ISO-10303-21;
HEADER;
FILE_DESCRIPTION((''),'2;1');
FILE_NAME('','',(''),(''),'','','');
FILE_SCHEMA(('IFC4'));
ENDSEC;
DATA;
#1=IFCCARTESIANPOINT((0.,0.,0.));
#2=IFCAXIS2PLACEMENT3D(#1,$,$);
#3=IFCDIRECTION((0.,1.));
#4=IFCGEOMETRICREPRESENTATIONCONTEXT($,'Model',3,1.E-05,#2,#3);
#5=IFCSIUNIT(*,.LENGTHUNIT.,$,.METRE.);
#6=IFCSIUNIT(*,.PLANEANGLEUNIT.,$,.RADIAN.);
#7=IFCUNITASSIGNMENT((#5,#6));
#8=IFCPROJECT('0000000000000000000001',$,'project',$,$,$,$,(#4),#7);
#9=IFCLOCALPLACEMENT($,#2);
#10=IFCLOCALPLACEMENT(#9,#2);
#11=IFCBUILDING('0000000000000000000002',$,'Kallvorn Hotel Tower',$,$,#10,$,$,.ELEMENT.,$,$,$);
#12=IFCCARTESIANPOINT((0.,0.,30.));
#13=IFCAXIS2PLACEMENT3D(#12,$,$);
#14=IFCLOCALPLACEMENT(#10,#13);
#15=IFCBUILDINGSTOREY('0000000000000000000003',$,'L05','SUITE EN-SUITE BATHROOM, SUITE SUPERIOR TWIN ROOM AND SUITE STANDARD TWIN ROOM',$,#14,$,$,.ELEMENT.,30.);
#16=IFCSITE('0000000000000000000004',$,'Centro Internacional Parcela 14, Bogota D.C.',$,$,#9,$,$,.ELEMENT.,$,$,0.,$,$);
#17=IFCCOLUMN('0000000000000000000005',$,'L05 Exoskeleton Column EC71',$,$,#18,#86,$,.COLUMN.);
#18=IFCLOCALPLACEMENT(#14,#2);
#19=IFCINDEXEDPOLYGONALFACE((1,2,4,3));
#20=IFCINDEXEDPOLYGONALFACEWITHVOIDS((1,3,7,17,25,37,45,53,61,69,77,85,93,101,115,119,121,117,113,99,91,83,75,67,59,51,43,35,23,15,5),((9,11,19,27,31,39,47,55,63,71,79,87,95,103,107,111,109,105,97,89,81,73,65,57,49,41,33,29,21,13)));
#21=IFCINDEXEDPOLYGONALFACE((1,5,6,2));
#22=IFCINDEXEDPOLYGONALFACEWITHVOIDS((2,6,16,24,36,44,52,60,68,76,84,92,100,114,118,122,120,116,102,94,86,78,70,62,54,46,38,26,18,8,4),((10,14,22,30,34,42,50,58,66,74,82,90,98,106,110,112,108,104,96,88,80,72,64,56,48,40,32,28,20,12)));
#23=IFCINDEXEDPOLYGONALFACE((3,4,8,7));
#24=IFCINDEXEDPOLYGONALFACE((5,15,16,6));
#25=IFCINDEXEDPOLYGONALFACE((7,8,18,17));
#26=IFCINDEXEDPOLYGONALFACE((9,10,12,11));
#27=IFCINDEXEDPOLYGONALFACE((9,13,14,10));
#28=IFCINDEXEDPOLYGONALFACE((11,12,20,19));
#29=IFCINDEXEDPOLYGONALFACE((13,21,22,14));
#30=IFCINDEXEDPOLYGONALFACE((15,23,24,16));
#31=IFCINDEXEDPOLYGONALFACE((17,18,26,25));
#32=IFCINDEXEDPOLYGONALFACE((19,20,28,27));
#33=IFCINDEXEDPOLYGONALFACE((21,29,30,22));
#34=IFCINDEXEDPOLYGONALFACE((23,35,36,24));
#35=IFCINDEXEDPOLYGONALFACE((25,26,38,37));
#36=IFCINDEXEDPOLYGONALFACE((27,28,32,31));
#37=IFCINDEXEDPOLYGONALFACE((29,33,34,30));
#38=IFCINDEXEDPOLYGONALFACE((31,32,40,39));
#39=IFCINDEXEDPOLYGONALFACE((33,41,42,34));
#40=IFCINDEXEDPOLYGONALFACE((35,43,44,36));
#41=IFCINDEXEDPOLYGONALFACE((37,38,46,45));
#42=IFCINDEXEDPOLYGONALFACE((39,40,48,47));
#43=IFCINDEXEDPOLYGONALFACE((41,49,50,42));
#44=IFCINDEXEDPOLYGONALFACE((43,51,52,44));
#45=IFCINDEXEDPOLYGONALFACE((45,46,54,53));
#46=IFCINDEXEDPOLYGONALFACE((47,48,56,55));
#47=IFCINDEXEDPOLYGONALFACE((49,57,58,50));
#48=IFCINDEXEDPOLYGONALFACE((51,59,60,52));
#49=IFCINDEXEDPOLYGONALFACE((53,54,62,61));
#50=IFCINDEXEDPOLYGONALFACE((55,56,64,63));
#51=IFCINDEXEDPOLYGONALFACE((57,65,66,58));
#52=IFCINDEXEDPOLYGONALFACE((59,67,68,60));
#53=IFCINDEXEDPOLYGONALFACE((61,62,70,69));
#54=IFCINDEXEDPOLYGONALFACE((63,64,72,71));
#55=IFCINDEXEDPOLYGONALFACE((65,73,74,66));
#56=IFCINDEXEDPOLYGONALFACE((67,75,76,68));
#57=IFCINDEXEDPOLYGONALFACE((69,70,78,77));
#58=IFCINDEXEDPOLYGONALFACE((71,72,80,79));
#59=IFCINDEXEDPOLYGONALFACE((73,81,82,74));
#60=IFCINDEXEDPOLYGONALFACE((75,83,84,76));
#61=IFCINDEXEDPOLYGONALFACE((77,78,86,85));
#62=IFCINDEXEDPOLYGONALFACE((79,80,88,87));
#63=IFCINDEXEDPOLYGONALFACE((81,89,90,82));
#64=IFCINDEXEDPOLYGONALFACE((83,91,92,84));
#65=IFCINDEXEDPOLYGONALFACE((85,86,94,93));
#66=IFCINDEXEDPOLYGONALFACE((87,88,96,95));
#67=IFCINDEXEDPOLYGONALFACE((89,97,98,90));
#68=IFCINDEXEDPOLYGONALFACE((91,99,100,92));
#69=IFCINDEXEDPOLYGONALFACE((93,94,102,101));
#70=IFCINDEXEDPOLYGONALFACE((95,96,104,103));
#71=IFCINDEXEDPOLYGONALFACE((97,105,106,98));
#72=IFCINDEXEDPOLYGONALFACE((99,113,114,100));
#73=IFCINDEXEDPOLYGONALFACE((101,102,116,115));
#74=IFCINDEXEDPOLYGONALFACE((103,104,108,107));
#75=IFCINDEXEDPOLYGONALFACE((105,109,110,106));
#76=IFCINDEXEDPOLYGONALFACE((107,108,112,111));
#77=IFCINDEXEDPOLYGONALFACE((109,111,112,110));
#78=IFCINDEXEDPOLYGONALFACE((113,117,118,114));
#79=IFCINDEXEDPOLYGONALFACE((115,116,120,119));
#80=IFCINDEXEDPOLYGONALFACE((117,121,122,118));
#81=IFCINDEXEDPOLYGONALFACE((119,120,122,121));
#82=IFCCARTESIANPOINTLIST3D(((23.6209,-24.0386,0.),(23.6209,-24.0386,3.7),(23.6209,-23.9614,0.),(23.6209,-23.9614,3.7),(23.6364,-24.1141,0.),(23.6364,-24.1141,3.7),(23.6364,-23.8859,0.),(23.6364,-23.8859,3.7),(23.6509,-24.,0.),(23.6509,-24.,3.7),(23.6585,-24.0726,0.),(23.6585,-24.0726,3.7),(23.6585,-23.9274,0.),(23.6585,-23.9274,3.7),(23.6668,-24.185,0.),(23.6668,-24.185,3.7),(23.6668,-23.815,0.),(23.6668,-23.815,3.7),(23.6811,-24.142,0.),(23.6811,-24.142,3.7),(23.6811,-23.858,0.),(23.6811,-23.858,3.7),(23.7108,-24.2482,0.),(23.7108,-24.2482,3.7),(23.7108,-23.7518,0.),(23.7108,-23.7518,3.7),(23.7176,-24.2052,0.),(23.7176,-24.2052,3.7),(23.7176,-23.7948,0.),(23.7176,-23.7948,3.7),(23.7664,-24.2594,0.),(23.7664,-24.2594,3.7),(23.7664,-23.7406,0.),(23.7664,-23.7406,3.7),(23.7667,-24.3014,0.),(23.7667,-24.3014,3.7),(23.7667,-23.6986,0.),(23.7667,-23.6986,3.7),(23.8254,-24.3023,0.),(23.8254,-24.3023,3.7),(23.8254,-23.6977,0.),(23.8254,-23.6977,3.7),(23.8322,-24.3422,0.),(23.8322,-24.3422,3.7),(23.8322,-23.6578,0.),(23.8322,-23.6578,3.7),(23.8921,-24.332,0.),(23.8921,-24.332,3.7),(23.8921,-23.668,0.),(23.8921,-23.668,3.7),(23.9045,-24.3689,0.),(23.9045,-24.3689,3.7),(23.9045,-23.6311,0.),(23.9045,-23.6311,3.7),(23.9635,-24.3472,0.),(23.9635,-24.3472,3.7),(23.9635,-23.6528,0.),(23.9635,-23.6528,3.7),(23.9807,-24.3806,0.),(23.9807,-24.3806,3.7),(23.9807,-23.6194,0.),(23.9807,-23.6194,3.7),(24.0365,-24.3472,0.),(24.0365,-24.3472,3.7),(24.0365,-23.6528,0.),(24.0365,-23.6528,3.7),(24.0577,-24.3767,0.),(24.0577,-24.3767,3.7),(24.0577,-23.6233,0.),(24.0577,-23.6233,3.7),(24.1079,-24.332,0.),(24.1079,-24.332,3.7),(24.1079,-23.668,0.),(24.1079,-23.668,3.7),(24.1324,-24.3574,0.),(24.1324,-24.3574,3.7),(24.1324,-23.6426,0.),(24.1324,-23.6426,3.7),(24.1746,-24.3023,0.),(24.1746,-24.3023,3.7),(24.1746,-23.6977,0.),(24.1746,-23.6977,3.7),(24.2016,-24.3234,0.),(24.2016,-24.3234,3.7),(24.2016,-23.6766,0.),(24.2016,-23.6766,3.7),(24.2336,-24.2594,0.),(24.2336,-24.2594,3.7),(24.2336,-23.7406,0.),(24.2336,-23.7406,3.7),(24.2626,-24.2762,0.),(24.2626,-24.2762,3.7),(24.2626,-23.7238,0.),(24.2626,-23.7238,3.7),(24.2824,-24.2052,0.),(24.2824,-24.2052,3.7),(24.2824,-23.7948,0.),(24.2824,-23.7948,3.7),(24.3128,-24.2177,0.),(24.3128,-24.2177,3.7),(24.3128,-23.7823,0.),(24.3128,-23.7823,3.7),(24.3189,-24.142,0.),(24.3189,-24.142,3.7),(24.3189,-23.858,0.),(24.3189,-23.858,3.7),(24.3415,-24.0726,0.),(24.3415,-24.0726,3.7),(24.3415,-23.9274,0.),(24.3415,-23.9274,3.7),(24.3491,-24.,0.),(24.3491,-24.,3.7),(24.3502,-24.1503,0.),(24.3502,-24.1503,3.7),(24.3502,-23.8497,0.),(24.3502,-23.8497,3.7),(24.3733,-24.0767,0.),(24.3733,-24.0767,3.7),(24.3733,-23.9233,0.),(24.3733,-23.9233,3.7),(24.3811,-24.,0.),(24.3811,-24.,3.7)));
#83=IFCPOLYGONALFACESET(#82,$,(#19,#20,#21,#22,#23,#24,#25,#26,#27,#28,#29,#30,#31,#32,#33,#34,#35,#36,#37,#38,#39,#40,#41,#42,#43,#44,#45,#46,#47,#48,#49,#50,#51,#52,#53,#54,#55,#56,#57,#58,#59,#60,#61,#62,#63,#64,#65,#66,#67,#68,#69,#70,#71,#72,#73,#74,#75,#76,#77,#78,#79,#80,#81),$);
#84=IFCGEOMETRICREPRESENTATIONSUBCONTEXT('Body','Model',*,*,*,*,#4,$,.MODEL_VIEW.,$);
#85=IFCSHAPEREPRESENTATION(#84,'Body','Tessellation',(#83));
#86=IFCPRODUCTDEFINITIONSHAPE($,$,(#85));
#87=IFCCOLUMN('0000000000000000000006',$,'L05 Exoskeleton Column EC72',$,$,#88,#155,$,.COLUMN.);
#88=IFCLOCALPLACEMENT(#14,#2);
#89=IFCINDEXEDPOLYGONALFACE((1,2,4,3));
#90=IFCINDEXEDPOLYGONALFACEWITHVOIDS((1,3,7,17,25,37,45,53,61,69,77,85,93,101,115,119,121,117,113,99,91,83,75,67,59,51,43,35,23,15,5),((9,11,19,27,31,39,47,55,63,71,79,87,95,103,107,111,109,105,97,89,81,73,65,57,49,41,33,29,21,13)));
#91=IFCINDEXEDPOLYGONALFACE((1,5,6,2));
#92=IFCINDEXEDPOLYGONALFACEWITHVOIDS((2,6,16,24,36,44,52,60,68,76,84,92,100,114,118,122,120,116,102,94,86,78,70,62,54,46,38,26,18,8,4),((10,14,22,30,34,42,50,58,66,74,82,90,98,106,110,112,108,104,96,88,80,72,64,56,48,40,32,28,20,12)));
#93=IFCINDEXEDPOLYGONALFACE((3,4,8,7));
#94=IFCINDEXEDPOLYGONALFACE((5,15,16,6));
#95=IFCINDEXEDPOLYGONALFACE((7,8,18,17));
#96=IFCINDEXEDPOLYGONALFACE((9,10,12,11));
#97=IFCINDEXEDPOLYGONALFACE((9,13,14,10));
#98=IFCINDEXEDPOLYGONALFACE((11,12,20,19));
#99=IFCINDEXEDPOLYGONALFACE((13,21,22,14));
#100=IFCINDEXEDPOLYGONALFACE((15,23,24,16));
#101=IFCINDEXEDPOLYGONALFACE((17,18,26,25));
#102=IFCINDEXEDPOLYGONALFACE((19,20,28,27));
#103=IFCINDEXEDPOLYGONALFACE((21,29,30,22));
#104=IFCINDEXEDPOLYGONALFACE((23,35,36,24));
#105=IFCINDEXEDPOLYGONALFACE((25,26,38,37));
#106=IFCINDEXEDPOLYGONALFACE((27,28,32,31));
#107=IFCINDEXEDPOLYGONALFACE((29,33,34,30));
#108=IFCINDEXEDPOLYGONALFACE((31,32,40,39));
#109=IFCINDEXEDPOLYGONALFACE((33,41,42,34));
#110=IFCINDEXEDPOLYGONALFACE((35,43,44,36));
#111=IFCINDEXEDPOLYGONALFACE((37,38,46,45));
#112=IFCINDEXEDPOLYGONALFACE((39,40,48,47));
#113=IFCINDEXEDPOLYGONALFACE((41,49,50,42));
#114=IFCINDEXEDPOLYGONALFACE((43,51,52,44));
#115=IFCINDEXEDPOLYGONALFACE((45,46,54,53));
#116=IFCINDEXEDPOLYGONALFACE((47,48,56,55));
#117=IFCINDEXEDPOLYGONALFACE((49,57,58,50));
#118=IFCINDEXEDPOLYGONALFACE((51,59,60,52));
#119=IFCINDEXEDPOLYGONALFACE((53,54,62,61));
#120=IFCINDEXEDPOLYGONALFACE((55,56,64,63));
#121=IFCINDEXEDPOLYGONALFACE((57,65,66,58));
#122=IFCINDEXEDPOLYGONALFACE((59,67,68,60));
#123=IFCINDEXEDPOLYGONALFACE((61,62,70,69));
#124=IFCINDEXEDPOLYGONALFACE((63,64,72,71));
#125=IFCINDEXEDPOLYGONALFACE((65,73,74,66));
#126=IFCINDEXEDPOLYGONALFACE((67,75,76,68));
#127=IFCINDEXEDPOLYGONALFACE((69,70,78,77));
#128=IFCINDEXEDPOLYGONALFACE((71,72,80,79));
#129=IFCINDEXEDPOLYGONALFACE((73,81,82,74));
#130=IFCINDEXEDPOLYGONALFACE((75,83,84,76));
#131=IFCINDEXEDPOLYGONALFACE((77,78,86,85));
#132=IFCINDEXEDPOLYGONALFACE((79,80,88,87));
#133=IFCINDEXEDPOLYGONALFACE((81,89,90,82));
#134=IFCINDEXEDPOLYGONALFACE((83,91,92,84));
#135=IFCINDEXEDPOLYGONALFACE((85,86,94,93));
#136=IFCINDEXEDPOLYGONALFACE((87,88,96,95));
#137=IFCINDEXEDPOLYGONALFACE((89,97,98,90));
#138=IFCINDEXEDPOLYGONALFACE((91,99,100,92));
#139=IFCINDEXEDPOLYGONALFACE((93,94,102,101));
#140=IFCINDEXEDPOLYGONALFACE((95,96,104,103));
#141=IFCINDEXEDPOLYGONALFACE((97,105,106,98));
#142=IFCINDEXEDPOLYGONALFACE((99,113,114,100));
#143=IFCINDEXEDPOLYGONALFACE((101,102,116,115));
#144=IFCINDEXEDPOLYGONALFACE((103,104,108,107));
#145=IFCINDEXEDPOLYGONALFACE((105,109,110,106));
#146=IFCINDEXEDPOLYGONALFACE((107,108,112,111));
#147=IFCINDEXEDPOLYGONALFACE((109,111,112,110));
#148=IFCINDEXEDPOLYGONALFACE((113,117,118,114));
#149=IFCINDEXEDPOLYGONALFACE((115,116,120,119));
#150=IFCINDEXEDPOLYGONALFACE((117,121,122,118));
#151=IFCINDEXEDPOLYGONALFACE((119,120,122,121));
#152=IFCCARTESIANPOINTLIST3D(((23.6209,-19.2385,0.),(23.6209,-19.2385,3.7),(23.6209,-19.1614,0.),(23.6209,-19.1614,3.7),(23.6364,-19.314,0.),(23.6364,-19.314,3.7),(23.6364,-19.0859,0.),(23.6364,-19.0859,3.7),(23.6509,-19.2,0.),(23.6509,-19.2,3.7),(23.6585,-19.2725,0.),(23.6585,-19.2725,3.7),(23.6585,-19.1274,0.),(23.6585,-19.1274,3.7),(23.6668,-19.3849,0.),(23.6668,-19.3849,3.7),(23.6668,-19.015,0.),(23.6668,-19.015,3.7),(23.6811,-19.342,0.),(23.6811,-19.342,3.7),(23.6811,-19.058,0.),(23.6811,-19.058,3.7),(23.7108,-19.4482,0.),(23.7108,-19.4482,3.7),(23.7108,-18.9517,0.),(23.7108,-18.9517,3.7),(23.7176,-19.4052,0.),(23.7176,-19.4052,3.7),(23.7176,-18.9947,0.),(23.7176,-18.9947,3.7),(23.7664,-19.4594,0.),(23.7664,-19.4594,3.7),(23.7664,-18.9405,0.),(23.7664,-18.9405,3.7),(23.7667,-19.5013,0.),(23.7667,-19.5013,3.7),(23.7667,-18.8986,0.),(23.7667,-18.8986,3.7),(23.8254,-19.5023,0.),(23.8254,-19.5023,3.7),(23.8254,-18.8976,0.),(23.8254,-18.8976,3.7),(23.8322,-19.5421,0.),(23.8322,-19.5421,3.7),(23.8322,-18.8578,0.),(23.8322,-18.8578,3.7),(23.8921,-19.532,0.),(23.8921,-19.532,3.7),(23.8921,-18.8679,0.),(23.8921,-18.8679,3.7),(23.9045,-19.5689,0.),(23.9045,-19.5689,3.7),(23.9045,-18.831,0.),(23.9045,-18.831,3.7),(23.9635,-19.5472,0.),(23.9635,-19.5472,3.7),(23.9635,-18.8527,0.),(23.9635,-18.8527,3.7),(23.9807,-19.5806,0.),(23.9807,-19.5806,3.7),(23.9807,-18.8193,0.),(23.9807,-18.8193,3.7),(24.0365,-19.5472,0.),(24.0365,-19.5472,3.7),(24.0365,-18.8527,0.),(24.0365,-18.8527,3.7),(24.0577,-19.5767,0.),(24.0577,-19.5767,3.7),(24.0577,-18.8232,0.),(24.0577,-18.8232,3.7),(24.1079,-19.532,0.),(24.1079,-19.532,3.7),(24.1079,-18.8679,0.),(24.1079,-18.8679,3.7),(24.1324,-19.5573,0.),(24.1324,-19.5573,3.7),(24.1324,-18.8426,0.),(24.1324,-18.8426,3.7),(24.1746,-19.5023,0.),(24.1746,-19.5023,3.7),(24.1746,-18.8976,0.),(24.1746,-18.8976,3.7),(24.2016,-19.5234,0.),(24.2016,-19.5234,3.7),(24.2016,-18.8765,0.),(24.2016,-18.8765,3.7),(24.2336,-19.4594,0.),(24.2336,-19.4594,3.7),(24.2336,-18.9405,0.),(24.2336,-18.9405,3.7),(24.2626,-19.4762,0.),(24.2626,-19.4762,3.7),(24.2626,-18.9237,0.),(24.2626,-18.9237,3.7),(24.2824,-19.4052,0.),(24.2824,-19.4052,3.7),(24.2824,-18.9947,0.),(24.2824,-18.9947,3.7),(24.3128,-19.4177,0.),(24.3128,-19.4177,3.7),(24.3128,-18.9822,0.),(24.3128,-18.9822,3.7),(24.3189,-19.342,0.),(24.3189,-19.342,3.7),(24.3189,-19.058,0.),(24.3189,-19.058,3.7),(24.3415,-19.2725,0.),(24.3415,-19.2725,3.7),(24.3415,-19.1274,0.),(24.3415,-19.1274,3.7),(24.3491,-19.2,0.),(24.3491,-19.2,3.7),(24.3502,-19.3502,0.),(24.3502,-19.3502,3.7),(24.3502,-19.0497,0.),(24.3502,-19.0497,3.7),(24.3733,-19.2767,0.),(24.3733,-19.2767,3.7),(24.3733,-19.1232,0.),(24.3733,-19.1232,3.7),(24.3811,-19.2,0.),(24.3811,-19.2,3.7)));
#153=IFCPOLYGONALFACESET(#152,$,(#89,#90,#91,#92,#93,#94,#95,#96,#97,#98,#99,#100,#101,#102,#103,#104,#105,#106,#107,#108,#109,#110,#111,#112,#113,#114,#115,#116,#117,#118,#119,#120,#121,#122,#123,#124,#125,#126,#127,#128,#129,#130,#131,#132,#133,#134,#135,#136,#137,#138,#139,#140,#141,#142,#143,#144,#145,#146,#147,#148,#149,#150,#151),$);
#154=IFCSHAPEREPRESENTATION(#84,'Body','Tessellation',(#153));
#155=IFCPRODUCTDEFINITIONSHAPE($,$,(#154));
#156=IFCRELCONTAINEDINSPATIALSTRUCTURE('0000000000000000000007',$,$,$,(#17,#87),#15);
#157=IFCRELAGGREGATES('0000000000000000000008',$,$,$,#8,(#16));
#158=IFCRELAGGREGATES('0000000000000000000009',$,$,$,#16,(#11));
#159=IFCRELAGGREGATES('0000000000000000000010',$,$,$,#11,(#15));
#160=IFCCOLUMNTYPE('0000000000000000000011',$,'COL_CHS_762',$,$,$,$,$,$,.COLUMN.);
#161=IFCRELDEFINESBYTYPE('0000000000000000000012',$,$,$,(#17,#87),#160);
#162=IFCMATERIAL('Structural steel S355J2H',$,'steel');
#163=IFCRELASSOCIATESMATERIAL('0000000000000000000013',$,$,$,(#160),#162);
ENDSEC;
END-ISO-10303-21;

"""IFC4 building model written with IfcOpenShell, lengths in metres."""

from ifc_helpers import new_model, si_unit, direction, frame, origin, origin_2d, place, context, subcontext, project, spatial, hollow_circle, extrude, material, material_profile, profile_set, type_object, element, save


model = new_model("IFC4")

# Units and contexts
model_context = context("Model", 3, precision=1e-05, world=origin(), true_north=direction((0.0, 1.0)))
body_context = subcontext(model_context, "Body", "Model", "MODEL_VIEW")
ifc_project = project(units=[si_unit("LENGTHUNIT", "METRE"), si_unit("PLANEANGLEUNIT", "RADIAN")], contexts=[model_context])

# Site, building, storey
site_placement = place(None, origin())
site = spatial("IfcSite", under=ifc_project, at=site_placement, Name="Centro Internacional Parcela 14, Bogota D.C.", CompositionType="ELEMENT", RefElevation=0.0)
building_placement = place(site_placement, origin())
building = spatial("IfcBuilding", under=site, at=building_placement, Name="Kallvorn Hotel Tower", CompositionType="ELEMENT")
storey_placement = place(building_placement, frame((0.0, 0.0, 30.0)))
storey = spatial("IfcBuildingStorey", under=building, at=storey_placement, Name="L05", Description="SUITE EN-SUITE BATHROOM, SUITE SUPERIOR TWIN ROOM AND SUITE STANDARD TWIN ROOM", CompositionType="ELEMENT", Elevation=30.0)

# Columns
ifc_material_1 = material(Name="Structural steel S355J2H", Category="steel")
ifc_material_profile_1 = material_profile(ifc_material_1, hollow_circle(Radius=0.3811, WallThickness=0.032, at=origin_2d()), Name="CHS 762x32")
ifc_profile_set_1 = profile_set([ifc_material_profile_1], Name="Structural steel S355J2H")
column_type_1 = type_object("IfcColumnType", Name="COL_CHS_762", PredefinedType="COLUMN", material=ifc_profile_set_1)
for number, where, z_axis, x_axis, name in (
    (1, (24.0, -24.0, 0.0), (0.0, 0.0, 1.0), (1.0, 0.0, 0.0), "L05 Exoskeleton Column EC71"),
    (2, (24.0, -19.2, 0.0), (0.0, 0.0, 1.0), (1.0, 0.0, 0.0), "L05 Exoskeleton Column EC72"),
):
    element("IfcColumn", number, at=place(storey_placement, frame(where, z_axis=z_axis, x_axis=x_axis)), inside=storey, type_object=column_type_1, Name=name, PredefinedType="COLUMN", context=body_context, shape_type="SweptSolid", body=[
        extrude(hollow_circle(Radius=0.3811, WallThickness=0.032, at=origin_2d()), origin(), (0.0, 0.0, 1.0), 3.7),
    ])

save(model, "model.ifc")
